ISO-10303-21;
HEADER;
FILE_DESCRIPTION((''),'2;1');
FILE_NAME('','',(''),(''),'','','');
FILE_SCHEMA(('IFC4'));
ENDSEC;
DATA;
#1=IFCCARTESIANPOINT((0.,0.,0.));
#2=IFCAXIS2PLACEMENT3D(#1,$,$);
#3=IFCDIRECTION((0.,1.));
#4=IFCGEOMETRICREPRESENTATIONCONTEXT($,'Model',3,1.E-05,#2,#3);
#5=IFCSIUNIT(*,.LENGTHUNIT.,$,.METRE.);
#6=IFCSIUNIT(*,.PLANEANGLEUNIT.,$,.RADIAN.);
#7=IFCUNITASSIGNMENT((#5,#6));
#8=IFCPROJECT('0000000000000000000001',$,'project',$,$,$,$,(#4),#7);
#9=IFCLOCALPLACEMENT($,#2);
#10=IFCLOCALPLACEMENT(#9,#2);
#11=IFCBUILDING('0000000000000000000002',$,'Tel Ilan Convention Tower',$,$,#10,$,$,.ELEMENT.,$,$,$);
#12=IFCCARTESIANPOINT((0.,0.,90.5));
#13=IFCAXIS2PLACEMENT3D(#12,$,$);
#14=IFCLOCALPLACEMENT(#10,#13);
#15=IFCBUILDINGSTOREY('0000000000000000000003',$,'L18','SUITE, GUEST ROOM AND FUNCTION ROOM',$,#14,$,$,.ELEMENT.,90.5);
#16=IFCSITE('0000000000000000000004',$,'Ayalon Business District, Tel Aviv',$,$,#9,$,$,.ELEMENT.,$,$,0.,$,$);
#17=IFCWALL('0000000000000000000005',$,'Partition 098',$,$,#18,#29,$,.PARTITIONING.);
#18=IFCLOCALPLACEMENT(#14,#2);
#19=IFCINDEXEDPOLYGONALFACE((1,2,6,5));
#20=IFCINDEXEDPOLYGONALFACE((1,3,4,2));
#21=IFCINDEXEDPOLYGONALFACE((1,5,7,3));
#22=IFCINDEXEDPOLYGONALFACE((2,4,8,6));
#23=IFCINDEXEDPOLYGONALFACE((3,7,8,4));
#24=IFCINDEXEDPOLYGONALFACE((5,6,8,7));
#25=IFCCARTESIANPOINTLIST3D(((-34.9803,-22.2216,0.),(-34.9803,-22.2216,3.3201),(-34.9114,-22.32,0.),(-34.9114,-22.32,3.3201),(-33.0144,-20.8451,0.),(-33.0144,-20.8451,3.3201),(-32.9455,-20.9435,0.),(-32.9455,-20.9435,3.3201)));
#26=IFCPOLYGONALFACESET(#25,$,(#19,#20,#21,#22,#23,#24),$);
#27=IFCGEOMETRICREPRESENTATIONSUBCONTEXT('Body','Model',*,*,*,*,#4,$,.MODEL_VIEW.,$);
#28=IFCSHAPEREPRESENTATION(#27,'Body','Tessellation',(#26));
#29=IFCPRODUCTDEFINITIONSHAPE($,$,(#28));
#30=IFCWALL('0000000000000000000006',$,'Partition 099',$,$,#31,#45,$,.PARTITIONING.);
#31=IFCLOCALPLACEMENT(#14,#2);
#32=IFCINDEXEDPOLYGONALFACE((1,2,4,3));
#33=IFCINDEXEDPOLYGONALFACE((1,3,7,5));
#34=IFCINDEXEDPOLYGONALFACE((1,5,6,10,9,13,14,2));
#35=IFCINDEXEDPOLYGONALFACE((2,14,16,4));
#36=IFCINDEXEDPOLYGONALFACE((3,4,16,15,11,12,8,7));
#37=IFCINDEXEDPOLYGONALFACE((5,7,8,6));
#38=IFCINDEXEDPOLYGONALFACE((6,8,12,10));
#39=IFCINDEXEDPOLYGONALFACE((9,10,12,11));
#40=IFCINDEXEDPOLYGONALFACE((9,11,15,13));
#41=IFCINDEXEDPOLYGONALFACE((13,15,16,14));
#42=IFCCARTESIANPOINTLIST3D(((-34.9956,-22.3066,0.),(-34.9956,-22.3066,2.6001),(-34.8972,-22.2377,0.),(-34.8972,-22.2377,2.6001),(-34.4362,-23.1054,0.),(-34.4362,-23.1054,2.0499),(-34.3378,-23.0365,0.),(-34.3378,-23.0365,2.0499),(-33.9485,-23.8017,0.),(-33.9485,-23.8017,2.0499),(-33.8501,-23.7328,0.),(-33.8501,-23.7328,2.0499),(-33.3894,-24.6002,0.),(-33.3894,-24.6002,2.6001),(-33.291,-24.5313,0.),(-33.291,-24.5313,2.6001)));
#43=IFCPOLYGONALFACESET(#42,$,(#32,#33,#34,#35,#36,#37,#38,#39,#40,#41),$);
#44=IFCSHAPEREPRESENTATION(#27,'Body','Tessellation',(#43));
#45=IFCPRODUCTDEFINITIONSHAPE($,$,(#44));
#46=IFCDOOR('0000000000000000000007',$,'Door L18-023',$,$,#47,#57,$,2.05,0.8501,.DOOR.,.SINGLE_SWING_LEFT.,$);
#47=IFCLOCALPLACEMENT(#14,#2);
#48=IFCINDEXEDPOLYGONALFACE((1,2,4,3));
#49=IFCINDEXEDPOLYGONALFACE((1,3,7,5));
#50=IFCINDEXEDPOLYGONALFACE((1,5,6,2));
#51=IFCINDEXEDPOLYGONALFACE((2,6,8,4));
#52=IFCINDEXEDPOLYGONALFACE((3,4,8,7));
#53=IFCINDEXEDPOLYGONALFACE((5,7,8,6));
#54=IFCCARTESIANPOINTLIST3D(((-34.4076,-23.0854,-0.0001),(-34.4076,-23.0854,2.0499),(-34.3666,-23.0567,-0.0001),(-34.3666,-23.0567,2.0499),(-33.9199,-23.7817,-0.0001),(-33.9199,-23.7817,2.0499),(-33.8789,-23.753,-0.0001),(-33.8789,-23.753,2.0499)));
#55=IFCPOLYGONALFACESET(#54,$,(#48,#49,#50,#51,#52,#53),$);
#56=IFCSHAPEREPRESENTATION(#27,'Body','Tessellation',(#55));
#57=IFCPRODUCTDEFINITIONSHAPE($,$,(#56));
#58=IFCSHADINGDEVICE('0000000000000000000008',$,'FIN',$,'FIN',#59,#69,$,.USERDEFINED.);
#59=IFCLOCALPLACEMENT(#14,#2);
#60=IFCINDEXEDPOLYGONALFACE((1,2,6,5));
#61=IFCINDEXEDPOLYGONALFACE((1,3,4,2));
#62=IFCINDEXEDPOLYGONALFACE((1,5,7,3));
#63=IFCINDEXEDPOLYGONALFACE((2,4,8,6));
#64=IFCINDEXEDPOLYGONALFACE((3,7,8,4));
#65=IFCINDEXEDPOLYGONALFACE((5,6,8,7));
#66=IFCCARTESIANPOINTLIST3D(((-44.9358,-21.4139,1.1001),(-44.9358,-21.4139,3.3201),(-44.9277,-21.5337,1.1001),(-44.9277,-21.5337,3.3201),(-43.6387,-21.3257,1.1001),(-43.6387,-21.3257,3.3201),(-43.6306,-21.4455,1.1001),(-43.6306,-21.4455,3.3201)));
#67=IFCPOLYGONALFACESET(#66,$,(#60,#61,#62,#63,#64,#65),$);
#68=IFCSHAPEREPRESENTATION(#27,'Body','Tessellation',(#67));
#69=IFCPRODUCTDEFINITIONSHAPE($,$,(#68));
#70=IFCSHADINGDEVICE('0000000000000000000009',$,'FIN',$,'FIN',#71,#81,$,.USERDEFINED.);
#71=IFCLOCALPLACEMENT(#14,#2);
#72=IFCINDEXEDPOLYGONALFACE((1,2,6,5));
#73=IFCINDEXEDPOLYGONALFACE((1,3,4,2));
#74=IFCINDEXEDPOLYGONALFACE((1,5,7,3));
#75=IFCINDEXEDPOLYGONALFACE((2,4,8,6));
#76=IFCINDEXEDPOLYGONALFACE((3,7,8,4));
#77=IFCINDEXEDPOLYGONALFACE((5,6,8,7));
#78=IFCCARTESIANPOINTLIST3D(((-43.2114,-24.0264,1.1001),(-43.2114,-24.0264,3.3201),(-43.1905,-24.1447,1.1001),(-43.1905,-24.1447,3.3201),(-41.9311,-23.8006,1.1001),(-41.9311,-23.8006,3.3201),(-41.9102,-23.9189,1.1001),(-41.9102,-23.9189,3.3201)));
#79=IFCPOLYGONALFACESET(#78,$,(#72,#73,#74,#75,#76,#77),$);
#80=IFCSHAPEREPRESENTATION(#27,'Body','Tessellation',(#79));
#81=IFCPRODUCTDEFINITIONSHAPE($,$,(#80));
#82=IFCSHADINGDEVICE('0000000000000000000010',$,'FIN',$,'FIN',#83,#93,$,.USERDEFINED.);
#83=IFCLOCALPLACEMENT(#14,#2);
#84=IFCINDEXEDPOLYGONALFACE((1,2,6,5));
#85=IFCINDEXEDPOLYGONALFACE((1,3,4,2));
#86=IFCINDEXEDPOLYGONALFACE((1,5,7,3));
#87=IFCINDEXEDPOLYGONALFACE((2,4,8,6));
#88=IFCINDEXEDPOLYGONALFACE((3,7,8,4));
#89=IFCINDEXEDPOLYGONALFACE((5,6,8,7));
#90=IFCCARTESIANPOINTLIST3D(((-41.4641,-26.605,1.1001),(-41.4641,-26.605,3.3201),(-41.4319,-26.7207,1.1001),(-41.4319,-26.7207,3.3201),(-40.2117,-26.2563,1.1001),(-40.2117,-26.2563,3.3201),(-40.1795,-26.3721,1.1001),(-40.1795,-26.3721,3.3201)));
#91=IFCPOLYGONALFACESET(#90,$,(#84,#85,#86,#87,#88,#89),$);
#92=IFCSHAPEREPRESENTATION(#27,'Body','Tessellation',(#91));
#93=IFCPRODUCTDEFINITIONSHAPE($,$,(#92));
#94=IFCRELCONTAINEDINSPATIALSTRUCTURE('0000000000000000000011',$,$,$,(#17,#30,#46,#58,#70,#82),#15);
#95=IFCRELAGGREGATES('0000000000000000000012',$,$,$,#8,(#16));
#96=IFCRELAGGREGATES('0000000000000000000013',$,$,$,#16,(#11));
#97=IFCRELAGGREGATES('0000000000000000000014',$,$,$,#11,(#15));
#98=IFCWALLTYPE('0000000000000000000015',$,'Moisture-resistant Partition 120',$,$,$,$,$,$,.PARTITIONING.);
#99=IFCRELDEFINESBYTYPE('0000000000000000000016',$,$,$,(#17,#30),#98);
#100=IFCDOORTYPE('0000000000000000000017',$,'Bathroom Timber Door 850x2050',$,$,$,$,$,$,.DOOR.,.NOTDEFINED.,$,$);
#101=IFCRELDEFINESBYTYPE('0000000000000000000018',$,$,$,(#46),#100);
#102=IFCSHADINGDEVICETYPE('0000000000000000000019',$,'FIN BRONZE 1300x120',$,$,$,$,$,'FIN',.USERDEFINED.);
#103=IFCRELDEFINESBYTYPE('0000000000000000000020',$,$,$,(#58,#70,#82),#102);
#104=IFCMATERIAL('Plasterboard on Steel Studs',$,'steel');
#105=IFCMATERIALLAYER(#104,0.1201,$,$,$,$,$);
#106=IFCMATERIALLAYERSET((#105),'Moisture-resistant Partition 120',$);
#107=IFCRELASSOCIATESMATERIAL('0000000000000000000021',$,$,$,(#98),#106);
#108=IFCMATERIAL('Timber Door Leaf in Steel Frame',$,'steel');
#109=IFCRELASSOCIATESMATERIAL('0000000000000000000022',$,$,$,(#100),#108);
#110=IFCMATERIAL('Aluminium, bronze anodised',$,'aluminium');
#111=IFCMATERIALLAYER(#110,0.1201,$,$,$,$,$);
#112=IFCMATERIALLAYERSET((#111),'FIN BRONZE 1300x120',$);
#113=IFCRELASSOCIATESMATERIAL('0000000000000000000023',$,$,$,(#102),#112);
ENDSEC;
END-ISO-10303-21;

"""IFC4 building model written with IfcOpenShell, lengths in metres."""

from ifc_helpers import new_model, si_unit, direction, frame, frame_2d, origin, origin_2d, place, context, subcontext, project, spatial, rectangle, extrude, material, layer, layer_set, type_object, element, fill, save


model = new_model("IFC4")

# Units and contexts
model_context = context("Model", 3, precision=1e-05, world=origin(), true_north=direction((0.0, 1.0)))
body_context = subcontext(model_context, "Body", "Model", "MODEL_VIEW")
ifc_project = project(units=[si_unit("LENGTHUNIT", "METRE"), si_unit("PLANEANGLEUNIT", "RADIAN")], contexts=[model_context])

# Site, building, storey
site_placement = place(None, origin())
site = spatial("IfcSite", under=ifc_project, at=site_placement, Name="Ayalon Business District, Tel Aviv", CompositionType="ELEMENT", RefElevation=0.0)
building_placement = place(site_placement, origin())
building = spatial("IfcBuilding", under=site, at=building_placement, Name="Tel Ilan Convention Tower", CompositionType="ELEMENT")
storey_placement = place(building_placement, frame((0.0, 0.0, 90.5)))
storey = spatial("IfcBuildingStorey", under=building, at=storey_placement, Name="L18", Description="SUITE, GUEST ROOM AND FUNCTION ROOM", CompositionType="ELEMENT", Elevation=90.5)

# Shared definitions
ifc_material_1 = material(Name="Plasterboard on Steel Studs", Category="steel")
ifc_layer_1 = layer(ifc_material_1, 0.1201)
ifc_layer_set_1 = layer_set([ifc_layer_1], Name="Moisture-resistant Partition 120")
wall_type_1 = type_object("IfcWallType", Name="Moisture-resistant Partition 120", PredefinedType="PARTITIONING", material=ifc_layer_set_1)

# Shared definitions
ifc_material_2 = material(Name="Timber Door Leaf in Steel Frame", Category="steel")
door_type_1 = type_object("IfcDoorType", Name="Bathroom Timber Door 850x2050", OperationType="NOTDEFINED", PredefinedType="DOOR", material=ifc_material_2)

# Wall
wall_1_placement = place(storey_placement, frame((-32.98, -20.8943, 0.0), z_axis=(0.0, 0.0, 1.0), x_axis=(-0.819155, -0.573572, 0.0)))
element("IfcWall", 1, at=wall_1_placement, inside=storey, type_object=wall_type_1, Name="Partition 098", PredefinedType="PARTITIONING", context=body_context, shape_type="SweptSolid", body=[
    extrude(rectangle(XDim=2.3999, YDim=0.1201, at=frame_2d((1.2, 0.0))), origin(), (0.0, 0.0, 1.0), 3.3201),
])

# Wall, opening, door
wall_2_placement = place(storey_placement, frame((-34.9463, -22.2722, 0.0), z_axis=(0.0, 0.0, 1.0), x_axis=(0.573609, -0.81913, 0.0)))
wall_2 = element("IfcWall", 2, at=wall_2_placement, inside=storey, type_object=wall_type_1, Name="Partition 099", PredefinedType="PARTITIONING", context=body_context, shape_type="SweptSolid", body=[
    extrude(rectangle(XDim=2.8, YDim=0.1201, at=frame_2d((1.3999, 0.0))), origin(), (0.0, 0.0, 1.0), 2.6001),
])
opening_1_placement = place(wall_2_placement, frame((0.9751, 0.0, 0.0)))
opening_1 = element("IfcOpeningElement", 3, at=opening_1_placement, cuts=wall_2, PredefinedType="OPENING", context=body_context, shape_type="SweptSolid", body=[
    extrude(rectangle(XDim=0.8501, YDim=2.05, at=frame_2d((0.425, 1.0249))), frame((0.0, 0.0701, 0.0), z_axis=(0.0, -1.0, 0.0), x_axis=(1.0, 0.0, 0.0)), (0.0, 0.0, 1.0), 0.1401),
])
door_1_placement = place(opening_1_placement, origin())
door_1 = element("IfcDoor", 4, at=door_1_placement, inside=storey, type_object=door_type_1, Name="Door L18-023", OperationType="SINGLE_SWING_LEFT", OverallHeight=2.05, OverallWidth=0.8501, PredefinedType="DOOR", context=body_context, shape_type="SweptSolid", body=[
    extrude(rectangle(XDim=0.8501, YDim=2.05, at=frame_2d((0.425, 1.0249))), frame((0.0, 0.0249, 0.0), z_axis=(0.0, -1.0, 0.0), x_axis=(1.0, 0.0, 0.0)), (0.0, 0.0, 1.0), 0.05),
])
fill(opening_1, door_1)

# Shading devices
ifc_material_3 = material(Name="Aluminium, bronze anodised", Category="aluminium")
ifc_layer_2 = layer(ifc_material_3, 0.1201)
ifc_layer_set_2 = layer_set([ifc_layer_2], Name="FIN BRONZE 1300x120")
shading_device_type = type_object("IfcShadingDeviceType", Name="FIN BRONZE 1300x120", ElementType="FIN", PredefinedType="USERDEFINED", material=ifc_layer_set_2)
for number, where, z_axis, x_axis, name in (
    (5, (-44.2832, -21.4297, 1.1001), (0.0, 0.0, 1.0), (-0.997697, -0.067822, 0.0), "FIN"),
    (6, (-42.5608, -23.9727, 1.1001), (0.0, 0.0, 1.0), (-0.984808, -0.173648, 0.0), "FIN"),
    (7, (-40.8218, -26.4885, 1.1001), (0.0, 0.0, 1.0), (-0.963371, -0.268173, 0.0), "FIN"),
):
    element("IfcShadingDevice", number, at=place(storey_placement, frame(where, z_axis=z_axis, x_axis=x_axis)), inside=storey, type_object=shading_device_type, Name=name, ObjectType="FIN", PredefinedType="USERDEFINED", context=body_context, shape_type="SweptSolid", body=[
        extrude(rectangle(XDim=1.3, YDim=0.1201, at=origin_2d()), origin(), (0.0, 0.0, 1.0), 2.22),
    ])

save(model, "model.ifc")
